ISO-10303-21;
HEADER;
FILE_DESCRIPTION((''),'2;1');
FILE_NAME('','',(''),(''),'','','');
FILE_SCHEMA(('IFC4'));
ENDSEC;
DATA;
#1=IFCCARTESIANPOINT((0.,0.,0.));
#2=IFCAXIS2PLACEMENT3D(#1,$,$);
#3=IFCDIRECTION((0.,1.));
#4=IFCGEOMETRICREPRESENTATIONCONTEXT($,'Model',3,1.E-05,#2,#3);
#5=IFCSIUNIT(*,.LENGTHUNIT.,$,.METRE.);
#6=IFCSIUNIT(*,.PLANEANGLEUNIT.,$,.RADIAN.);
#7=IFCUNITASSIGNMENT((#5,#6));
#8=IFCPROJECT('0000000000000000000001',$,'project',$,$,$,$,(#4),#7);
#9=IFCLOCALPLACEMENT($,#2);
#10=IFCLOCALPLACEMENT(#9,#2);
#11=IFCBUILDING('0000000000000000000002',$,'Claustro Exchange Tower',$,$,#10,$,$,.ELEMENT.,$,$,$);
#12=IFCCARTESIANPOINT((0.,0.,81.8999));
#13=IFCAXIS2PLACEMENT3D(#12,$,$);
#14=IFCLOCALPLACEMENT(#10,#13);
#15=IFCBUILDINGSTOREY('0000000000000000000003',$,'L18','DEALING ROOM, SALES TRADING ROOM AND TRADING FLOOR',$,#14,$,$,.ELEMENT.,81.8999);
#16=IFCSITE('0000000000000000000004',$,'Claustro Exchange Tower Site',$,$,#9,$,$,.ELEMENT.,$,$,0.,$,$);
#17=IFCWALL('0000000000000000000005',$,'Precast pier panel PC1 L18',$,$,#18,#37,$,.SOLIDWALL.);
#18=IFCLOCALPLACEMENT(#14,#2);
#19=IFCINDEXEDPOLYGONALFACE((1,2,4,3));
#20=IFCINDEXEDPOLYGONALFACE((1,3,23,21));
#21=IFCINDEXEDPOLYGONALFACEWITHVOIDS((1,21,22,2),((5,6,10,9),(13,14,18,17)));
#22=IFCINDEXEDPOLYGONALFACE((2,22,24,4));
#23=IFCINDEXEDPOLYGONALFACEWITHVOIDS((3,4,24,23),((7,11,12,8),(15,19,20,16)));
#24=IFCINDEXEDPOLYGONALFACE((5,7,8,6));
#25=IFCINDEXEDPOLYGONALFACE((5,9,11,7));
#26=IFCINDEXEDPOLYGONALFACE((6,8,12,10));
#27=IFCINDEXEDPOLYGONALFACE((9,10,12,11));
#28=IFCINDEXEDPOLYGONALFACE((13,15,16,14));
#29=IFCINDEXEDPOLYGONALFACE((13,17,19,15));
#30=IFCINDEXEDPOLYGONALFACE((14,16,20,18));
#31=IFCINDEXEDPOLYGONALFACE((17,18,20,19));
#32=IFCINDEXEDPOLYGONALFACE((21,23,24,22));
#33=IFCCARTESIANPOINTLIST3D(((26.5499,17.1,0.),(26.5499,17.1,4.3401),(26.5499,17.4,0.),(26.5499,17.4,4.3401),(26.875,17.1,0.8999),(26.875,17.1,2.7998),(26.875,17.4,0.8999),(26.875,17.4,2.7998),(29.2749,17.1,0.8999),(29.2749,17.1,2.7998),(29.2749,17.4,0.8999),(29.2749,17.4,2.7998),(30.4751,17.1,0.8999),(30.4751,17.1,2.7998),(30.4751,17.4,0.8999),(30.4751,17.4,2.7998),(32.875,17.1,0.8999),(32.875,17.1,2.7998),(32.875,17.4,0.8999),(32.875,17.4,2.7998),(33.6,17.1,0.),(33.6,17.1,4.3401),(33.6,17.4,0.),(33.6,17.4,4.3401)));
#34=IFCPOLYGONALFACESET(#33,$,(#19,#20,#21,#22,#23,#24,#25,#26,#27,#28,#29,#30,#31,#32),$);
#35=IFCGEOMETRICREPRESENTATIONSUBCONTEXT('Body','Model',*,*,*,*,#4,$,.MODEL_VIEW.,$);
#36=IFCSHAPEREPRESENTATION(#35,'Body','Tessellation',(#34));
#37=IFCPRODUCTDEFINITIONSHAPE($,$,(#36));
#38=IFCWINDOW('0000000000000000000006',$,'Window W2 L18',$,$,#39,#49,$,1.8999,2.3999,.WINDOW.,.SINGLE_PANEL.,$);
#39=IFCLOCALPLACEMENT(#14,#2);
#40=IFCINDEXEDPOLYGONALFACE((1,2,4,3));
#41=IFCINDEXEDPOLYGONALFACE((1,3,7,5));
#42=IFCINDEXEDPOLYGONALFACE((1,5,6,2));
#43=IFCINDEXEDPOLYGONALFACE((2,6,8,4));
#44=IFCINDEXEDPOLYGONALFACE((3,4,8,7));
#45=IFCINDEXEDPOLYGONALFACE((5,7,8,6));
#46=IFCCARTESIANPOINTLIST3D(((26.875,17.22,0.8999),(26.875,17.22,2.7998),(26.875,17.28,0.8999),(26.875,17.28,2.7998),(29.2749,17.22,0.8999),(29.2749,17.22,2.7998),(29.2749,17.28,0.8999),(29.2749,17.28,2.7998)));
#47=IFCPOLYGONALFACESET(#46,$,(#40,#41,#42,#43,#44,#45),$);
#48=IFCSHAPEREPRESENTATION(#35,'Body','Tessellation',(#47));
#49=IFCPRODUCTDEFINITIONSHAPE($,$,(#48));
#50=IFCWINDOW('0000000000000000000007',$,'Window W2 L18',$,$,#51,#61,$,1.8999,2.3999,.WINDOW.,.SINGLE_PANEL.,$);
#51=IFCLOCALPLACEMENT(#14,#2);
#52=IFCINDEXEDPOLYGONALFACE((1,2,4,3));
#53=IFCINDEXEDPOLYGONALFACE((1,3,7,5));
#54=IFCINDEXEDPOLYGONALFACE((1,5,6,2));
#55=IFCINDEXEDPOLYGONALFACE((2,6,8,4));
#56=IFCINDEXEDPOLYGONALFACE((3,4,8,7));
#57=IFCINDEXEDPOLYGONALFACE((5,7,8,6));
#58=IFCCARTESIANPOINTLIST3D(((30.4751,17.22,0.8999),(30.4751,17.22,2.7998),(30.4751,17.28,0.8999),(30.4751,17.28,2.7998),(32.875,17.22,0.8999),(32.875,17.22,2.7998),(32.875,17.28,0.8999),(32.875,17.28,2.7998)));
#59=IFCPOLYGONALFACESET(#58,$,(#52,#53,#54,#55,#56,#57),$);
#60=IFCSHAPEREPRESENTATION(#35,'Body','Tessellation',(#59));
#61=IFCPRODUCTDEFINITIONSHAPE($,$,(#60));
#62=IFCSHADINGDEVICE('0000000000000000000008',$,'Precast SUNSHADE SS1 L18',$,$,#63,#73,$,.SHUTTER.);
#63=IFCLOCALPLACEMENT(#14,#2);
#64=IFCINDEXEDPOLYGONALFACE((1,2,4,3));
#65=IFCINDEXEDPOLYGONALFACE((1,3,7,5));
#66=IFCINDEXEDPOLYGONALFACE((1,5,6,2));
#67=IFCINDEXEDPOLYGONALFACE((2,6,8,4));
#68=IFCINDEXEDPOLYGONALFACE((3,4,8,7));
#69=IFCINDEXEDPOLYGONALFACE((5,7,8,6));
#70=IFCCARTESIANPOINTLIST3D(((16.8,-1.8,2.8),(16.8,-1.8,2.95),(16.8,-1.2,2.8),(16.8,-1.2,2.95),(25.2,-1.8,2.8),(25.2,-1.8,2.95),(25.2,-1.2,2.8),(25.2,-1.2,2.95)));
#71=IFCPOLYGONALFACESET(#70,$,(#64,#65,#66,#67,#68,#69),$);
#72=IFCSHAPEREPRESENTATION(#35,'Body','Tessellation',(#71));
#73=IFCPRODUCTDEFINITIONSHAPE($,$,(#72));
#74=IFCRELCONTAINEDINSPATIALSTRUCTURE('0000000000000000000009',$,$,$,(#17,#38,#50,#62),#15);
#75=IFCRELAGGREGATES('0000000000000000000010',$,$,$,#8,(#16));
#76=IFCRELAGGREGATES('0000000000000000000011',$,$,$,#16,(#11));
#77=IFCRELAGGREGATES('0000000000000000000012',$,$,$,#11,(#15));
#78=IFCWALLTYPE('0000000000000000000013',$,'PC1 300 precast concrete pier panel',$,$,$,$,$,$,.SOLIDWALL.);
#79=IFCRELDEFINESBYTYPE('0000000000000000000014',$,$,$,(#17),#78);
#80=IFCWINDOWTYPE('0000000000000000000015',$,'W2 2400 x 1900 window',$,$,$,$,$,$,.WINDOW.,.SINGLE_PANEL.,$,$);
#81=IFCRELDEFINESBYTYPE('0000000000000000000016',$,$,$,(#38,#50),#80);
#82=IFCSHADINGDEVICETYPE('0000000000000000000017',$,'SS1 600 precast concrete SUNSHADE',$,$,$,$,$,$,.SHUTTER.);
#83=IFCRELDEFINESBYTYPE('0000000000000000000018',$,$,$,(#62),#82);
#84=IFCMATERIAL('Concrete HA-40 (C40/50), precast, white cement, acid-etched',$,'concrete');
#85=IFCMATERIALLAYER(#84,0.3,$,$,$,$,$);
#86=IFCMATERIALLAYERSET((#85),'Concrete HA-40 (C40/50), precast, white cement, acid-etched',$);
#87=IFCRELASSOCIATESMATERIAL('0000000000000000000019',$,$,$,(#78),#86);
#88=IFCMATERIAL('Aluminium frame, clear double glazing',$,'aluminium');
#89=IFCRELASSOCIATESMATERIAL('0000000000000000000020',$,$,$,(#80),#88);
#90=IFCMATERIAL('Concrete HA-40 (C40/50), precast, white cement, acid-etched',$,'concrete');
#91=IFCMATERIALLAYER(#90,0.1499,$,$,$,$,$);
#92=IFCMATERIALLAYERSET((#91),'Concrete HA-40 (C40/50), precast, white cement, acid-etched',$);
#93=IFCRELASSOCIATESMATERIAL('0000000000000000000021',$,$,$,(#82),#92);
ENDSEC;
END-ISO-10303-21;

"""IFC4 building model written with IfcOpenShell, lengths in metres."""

from ifc_helpers import new_model, si_unit, direction, frame, frame_2d, origin, origin_2d, place, context, subcontext, project, spatial, rectangle, extrude, material, layer, layer_set, type_object, element, fill, save


model = new_model("IFC4")

# Units and contexts
model_context = context("Model", 3, precision=1e-05, world=origin(), true_north=direction((0.0, 1.0)))
body_context = subcontext(model_context, "Body", "Model", "MODEL_VIEW")
ifc_project = project(units=[si_unit("LENGTHUNIT", "METRE"), si_unit("PLANEANGLEUNIT", "RADIAN")], contexts=[model_context])

# Site, building, storey
site_placement = place(None, origin())
site = spatial("IfcSite", under=ifc_project, at=site_placement, Name="Claustro Exchange Tower Site", CompositionType="ELEMENT", RefElevation=0.0)
building_placement = place(site_placement, origin())
building = spatial("IfcBuilding", under=site, at=building_placement, Name="Claustro Exchange Tower", CompositionType="ELEMENT")
storey_placement = place(building_placement, frame((0.0, 0.0, 81.8999)))
storey = spatial("IfcBuildingStorey", under=building, at=storey_placement, Name="L18", Description="DEALING ROOM, SALES TRADING ROOM AND TRADING FLOOR", CompositionType="ELEMENT", Elevation=81.8999)

# Wall, openings, windows
ifc_material_1 = material(Name="Concrete HA-40 (C40/50), precast, white cement, acid-etched", Category="concrete")
ifc_layer_1 = layer(ifc_material_1, 0.3)
ifc_layer_set_1 = layer_set([ifc_layer_1], Name="Concrete HA-40 (C40/50), precast, white cement, acid-etched")
wall_type_1 = type_object("IfcWallType", Name="PC1 300 precast concrete pier panel", PredefinedType="SOLIDWALL", material=ifc_layer_set_1)
wall_1_placement = place(storey_placement, frame((26.55, 17.25, 0.0), z_axis=(0.0, 0.0, 1.0), x_axis=(1.0, 0.0, 0.0)))
wall_1 = element("IfcWall", 1, at=wall_1_placement, inside=storey, type_object=wall_type_1, Name="Precast pier panel PC1 L18", PredefinedType="SOLIDWALL", context=body_context, shape_type="SweptSolid", body=[
    extrude(rectangle(XDim=7.05, YDim=0.3, at=frame_2d((3.5249, 0.0))), origin(), (0.0, 0.0, 1.0), 4.3401),
])
opening_1_placement = place(wall_1_placement, frame((0.325, 0.0, 0.8999)))
opening_1 = element("IfcOpeningElement", 2, at=opening_1_placement, cuts=wall_1, PredefinedType="OPENING", context=body_context, shape_type="SweptSolid", body=[
    extrude(rectangle(XDim=2.3999, YDim=1.8999, at=frame_2d((1.2, 0.95))), frame((0.0, 0.1599, 0.0), z_axis=(0.0, -1.0, 0.0), x_axis=(1.0, 0.0, 0.0)), (0.0, 0.0, 1.0), 0.3201),
])
opening_2_placement = place(wall_1_placement, frame((3.925, 0.0, 0.8999)))
opening_2 = element("IfcOpeningElement", 3, at=opening_2_placement, cuts=wall_1, PredefinedType="OPENING", context=body_context, shape_type="SweptSolid", body=[
    extrude(rectangle(XDim=2.3999, YDim=1.8999, at=frame_2d((1.2, 0.95))), frame((0.0, 0.1599, 0.0), z_axis=(0.0, -1.0, 0.0), x_axis=(1.0, 0.0, 0.0)), (0.0, 0.0, 1.0), 0.3201),
])
ifc_material_2 = material(Name="Aluminium frame, clear double glazing", Category="aluminium")
window_type_1 = type_object("IfcWindowType", Name="W2 2400 x 1900 window", PartitioningType="SINGLE_PANEL", PredefinedType="WINDOW", material=ifc_material_2)
window_1_placement = place(opening_1_placement, origin())
window_1 = element("IfcWindow", 4, at=window_1_placement, inside=storey, type_object=window_type_1, Name="Window W2 L18", OverallHeight=1.8999, OverallWidth=2.3999, PartitioningType="SINGLE_PANEL", PredefinedType="WINDOW", context=body_context, shape_type="SweptSolid", body=[
    extrude(rectangle(XDim=2.3999, YDim=1.8999, at=frame_2d((1.2, 0.95))), frame((0.0, 0.03, 0.0), z_axis=(0.0, -1.0, 0.0), x_axis=(1.0, 0.0, 0.0)), (0.0, 0.0, 1.0), 0.0601),
])
fill(opening_1, window_1)
window_2_placement = place(opening_2_placement, origin())
window_2 = element("IfcWindow", 5, at=window_2_placement, inside=storey, type_object=window_type_1, Name="Window W2 L18", OverallHeight=1.8999, OverallWidth=2.3999, PartitioningType="SINGLE_PANEL", PredefinedType="WINDOW", context=body_context, shape_type="SweptSolid", body=[
    extrude(rectangle(XDim=2.3999, YDim=1.8999, at=frame_2d((1.2, 0.95))), frame((0.0, 0.03, 0.0), z_axis=(0.0, -1.0, 0.0), x_axis=(1.0, 0.0, 0.0)), (0.0, 0.0, 1.0), 0.0601),
])
fill(opening_2, window_2)

# Shading device
ifc_material_3 = material(Name="Concrete HA-40 (C40/50), precast, white cement, acid-etched", Category="concrete")
ifc_layer_2 = layer(ifc_material_3, 0.1499)
ifc_layer_set_2 = layer_set([ifc_layer_2], Name="Concrete HA-40 (C40/50), precast, white cement, acid-etched")
shading_device_type = type_object("IfcShadingDeviceType", Name="SS1 600 precast concrete SUNSHADE", PredefinedType="SHUTTER", material=ifc_layer_set_2)
shading_device_placement = place(storey_placement, frame((21.0, -1.5, 2.8), z_axis=(0.0, 0.0, 1.0), x_axis=(-1.0, 0.0, 0.0)))
element("IfcShadingDevice", 6, at=shading_device_placement, inside=storey, type_object=shading_device_type, Name="Precast SUNSHADE SS1 L18", PredefinedType="SHUTTER", context=body_context, shape_type="SweptSolid", body=[
    extrude(rectangle(XDim=8.3999, YDim=0.6001, at=origin_2d()), origin(), (0.0, 0.0, 1.0), 0.1499),
])

save(model, "model.ifc")
